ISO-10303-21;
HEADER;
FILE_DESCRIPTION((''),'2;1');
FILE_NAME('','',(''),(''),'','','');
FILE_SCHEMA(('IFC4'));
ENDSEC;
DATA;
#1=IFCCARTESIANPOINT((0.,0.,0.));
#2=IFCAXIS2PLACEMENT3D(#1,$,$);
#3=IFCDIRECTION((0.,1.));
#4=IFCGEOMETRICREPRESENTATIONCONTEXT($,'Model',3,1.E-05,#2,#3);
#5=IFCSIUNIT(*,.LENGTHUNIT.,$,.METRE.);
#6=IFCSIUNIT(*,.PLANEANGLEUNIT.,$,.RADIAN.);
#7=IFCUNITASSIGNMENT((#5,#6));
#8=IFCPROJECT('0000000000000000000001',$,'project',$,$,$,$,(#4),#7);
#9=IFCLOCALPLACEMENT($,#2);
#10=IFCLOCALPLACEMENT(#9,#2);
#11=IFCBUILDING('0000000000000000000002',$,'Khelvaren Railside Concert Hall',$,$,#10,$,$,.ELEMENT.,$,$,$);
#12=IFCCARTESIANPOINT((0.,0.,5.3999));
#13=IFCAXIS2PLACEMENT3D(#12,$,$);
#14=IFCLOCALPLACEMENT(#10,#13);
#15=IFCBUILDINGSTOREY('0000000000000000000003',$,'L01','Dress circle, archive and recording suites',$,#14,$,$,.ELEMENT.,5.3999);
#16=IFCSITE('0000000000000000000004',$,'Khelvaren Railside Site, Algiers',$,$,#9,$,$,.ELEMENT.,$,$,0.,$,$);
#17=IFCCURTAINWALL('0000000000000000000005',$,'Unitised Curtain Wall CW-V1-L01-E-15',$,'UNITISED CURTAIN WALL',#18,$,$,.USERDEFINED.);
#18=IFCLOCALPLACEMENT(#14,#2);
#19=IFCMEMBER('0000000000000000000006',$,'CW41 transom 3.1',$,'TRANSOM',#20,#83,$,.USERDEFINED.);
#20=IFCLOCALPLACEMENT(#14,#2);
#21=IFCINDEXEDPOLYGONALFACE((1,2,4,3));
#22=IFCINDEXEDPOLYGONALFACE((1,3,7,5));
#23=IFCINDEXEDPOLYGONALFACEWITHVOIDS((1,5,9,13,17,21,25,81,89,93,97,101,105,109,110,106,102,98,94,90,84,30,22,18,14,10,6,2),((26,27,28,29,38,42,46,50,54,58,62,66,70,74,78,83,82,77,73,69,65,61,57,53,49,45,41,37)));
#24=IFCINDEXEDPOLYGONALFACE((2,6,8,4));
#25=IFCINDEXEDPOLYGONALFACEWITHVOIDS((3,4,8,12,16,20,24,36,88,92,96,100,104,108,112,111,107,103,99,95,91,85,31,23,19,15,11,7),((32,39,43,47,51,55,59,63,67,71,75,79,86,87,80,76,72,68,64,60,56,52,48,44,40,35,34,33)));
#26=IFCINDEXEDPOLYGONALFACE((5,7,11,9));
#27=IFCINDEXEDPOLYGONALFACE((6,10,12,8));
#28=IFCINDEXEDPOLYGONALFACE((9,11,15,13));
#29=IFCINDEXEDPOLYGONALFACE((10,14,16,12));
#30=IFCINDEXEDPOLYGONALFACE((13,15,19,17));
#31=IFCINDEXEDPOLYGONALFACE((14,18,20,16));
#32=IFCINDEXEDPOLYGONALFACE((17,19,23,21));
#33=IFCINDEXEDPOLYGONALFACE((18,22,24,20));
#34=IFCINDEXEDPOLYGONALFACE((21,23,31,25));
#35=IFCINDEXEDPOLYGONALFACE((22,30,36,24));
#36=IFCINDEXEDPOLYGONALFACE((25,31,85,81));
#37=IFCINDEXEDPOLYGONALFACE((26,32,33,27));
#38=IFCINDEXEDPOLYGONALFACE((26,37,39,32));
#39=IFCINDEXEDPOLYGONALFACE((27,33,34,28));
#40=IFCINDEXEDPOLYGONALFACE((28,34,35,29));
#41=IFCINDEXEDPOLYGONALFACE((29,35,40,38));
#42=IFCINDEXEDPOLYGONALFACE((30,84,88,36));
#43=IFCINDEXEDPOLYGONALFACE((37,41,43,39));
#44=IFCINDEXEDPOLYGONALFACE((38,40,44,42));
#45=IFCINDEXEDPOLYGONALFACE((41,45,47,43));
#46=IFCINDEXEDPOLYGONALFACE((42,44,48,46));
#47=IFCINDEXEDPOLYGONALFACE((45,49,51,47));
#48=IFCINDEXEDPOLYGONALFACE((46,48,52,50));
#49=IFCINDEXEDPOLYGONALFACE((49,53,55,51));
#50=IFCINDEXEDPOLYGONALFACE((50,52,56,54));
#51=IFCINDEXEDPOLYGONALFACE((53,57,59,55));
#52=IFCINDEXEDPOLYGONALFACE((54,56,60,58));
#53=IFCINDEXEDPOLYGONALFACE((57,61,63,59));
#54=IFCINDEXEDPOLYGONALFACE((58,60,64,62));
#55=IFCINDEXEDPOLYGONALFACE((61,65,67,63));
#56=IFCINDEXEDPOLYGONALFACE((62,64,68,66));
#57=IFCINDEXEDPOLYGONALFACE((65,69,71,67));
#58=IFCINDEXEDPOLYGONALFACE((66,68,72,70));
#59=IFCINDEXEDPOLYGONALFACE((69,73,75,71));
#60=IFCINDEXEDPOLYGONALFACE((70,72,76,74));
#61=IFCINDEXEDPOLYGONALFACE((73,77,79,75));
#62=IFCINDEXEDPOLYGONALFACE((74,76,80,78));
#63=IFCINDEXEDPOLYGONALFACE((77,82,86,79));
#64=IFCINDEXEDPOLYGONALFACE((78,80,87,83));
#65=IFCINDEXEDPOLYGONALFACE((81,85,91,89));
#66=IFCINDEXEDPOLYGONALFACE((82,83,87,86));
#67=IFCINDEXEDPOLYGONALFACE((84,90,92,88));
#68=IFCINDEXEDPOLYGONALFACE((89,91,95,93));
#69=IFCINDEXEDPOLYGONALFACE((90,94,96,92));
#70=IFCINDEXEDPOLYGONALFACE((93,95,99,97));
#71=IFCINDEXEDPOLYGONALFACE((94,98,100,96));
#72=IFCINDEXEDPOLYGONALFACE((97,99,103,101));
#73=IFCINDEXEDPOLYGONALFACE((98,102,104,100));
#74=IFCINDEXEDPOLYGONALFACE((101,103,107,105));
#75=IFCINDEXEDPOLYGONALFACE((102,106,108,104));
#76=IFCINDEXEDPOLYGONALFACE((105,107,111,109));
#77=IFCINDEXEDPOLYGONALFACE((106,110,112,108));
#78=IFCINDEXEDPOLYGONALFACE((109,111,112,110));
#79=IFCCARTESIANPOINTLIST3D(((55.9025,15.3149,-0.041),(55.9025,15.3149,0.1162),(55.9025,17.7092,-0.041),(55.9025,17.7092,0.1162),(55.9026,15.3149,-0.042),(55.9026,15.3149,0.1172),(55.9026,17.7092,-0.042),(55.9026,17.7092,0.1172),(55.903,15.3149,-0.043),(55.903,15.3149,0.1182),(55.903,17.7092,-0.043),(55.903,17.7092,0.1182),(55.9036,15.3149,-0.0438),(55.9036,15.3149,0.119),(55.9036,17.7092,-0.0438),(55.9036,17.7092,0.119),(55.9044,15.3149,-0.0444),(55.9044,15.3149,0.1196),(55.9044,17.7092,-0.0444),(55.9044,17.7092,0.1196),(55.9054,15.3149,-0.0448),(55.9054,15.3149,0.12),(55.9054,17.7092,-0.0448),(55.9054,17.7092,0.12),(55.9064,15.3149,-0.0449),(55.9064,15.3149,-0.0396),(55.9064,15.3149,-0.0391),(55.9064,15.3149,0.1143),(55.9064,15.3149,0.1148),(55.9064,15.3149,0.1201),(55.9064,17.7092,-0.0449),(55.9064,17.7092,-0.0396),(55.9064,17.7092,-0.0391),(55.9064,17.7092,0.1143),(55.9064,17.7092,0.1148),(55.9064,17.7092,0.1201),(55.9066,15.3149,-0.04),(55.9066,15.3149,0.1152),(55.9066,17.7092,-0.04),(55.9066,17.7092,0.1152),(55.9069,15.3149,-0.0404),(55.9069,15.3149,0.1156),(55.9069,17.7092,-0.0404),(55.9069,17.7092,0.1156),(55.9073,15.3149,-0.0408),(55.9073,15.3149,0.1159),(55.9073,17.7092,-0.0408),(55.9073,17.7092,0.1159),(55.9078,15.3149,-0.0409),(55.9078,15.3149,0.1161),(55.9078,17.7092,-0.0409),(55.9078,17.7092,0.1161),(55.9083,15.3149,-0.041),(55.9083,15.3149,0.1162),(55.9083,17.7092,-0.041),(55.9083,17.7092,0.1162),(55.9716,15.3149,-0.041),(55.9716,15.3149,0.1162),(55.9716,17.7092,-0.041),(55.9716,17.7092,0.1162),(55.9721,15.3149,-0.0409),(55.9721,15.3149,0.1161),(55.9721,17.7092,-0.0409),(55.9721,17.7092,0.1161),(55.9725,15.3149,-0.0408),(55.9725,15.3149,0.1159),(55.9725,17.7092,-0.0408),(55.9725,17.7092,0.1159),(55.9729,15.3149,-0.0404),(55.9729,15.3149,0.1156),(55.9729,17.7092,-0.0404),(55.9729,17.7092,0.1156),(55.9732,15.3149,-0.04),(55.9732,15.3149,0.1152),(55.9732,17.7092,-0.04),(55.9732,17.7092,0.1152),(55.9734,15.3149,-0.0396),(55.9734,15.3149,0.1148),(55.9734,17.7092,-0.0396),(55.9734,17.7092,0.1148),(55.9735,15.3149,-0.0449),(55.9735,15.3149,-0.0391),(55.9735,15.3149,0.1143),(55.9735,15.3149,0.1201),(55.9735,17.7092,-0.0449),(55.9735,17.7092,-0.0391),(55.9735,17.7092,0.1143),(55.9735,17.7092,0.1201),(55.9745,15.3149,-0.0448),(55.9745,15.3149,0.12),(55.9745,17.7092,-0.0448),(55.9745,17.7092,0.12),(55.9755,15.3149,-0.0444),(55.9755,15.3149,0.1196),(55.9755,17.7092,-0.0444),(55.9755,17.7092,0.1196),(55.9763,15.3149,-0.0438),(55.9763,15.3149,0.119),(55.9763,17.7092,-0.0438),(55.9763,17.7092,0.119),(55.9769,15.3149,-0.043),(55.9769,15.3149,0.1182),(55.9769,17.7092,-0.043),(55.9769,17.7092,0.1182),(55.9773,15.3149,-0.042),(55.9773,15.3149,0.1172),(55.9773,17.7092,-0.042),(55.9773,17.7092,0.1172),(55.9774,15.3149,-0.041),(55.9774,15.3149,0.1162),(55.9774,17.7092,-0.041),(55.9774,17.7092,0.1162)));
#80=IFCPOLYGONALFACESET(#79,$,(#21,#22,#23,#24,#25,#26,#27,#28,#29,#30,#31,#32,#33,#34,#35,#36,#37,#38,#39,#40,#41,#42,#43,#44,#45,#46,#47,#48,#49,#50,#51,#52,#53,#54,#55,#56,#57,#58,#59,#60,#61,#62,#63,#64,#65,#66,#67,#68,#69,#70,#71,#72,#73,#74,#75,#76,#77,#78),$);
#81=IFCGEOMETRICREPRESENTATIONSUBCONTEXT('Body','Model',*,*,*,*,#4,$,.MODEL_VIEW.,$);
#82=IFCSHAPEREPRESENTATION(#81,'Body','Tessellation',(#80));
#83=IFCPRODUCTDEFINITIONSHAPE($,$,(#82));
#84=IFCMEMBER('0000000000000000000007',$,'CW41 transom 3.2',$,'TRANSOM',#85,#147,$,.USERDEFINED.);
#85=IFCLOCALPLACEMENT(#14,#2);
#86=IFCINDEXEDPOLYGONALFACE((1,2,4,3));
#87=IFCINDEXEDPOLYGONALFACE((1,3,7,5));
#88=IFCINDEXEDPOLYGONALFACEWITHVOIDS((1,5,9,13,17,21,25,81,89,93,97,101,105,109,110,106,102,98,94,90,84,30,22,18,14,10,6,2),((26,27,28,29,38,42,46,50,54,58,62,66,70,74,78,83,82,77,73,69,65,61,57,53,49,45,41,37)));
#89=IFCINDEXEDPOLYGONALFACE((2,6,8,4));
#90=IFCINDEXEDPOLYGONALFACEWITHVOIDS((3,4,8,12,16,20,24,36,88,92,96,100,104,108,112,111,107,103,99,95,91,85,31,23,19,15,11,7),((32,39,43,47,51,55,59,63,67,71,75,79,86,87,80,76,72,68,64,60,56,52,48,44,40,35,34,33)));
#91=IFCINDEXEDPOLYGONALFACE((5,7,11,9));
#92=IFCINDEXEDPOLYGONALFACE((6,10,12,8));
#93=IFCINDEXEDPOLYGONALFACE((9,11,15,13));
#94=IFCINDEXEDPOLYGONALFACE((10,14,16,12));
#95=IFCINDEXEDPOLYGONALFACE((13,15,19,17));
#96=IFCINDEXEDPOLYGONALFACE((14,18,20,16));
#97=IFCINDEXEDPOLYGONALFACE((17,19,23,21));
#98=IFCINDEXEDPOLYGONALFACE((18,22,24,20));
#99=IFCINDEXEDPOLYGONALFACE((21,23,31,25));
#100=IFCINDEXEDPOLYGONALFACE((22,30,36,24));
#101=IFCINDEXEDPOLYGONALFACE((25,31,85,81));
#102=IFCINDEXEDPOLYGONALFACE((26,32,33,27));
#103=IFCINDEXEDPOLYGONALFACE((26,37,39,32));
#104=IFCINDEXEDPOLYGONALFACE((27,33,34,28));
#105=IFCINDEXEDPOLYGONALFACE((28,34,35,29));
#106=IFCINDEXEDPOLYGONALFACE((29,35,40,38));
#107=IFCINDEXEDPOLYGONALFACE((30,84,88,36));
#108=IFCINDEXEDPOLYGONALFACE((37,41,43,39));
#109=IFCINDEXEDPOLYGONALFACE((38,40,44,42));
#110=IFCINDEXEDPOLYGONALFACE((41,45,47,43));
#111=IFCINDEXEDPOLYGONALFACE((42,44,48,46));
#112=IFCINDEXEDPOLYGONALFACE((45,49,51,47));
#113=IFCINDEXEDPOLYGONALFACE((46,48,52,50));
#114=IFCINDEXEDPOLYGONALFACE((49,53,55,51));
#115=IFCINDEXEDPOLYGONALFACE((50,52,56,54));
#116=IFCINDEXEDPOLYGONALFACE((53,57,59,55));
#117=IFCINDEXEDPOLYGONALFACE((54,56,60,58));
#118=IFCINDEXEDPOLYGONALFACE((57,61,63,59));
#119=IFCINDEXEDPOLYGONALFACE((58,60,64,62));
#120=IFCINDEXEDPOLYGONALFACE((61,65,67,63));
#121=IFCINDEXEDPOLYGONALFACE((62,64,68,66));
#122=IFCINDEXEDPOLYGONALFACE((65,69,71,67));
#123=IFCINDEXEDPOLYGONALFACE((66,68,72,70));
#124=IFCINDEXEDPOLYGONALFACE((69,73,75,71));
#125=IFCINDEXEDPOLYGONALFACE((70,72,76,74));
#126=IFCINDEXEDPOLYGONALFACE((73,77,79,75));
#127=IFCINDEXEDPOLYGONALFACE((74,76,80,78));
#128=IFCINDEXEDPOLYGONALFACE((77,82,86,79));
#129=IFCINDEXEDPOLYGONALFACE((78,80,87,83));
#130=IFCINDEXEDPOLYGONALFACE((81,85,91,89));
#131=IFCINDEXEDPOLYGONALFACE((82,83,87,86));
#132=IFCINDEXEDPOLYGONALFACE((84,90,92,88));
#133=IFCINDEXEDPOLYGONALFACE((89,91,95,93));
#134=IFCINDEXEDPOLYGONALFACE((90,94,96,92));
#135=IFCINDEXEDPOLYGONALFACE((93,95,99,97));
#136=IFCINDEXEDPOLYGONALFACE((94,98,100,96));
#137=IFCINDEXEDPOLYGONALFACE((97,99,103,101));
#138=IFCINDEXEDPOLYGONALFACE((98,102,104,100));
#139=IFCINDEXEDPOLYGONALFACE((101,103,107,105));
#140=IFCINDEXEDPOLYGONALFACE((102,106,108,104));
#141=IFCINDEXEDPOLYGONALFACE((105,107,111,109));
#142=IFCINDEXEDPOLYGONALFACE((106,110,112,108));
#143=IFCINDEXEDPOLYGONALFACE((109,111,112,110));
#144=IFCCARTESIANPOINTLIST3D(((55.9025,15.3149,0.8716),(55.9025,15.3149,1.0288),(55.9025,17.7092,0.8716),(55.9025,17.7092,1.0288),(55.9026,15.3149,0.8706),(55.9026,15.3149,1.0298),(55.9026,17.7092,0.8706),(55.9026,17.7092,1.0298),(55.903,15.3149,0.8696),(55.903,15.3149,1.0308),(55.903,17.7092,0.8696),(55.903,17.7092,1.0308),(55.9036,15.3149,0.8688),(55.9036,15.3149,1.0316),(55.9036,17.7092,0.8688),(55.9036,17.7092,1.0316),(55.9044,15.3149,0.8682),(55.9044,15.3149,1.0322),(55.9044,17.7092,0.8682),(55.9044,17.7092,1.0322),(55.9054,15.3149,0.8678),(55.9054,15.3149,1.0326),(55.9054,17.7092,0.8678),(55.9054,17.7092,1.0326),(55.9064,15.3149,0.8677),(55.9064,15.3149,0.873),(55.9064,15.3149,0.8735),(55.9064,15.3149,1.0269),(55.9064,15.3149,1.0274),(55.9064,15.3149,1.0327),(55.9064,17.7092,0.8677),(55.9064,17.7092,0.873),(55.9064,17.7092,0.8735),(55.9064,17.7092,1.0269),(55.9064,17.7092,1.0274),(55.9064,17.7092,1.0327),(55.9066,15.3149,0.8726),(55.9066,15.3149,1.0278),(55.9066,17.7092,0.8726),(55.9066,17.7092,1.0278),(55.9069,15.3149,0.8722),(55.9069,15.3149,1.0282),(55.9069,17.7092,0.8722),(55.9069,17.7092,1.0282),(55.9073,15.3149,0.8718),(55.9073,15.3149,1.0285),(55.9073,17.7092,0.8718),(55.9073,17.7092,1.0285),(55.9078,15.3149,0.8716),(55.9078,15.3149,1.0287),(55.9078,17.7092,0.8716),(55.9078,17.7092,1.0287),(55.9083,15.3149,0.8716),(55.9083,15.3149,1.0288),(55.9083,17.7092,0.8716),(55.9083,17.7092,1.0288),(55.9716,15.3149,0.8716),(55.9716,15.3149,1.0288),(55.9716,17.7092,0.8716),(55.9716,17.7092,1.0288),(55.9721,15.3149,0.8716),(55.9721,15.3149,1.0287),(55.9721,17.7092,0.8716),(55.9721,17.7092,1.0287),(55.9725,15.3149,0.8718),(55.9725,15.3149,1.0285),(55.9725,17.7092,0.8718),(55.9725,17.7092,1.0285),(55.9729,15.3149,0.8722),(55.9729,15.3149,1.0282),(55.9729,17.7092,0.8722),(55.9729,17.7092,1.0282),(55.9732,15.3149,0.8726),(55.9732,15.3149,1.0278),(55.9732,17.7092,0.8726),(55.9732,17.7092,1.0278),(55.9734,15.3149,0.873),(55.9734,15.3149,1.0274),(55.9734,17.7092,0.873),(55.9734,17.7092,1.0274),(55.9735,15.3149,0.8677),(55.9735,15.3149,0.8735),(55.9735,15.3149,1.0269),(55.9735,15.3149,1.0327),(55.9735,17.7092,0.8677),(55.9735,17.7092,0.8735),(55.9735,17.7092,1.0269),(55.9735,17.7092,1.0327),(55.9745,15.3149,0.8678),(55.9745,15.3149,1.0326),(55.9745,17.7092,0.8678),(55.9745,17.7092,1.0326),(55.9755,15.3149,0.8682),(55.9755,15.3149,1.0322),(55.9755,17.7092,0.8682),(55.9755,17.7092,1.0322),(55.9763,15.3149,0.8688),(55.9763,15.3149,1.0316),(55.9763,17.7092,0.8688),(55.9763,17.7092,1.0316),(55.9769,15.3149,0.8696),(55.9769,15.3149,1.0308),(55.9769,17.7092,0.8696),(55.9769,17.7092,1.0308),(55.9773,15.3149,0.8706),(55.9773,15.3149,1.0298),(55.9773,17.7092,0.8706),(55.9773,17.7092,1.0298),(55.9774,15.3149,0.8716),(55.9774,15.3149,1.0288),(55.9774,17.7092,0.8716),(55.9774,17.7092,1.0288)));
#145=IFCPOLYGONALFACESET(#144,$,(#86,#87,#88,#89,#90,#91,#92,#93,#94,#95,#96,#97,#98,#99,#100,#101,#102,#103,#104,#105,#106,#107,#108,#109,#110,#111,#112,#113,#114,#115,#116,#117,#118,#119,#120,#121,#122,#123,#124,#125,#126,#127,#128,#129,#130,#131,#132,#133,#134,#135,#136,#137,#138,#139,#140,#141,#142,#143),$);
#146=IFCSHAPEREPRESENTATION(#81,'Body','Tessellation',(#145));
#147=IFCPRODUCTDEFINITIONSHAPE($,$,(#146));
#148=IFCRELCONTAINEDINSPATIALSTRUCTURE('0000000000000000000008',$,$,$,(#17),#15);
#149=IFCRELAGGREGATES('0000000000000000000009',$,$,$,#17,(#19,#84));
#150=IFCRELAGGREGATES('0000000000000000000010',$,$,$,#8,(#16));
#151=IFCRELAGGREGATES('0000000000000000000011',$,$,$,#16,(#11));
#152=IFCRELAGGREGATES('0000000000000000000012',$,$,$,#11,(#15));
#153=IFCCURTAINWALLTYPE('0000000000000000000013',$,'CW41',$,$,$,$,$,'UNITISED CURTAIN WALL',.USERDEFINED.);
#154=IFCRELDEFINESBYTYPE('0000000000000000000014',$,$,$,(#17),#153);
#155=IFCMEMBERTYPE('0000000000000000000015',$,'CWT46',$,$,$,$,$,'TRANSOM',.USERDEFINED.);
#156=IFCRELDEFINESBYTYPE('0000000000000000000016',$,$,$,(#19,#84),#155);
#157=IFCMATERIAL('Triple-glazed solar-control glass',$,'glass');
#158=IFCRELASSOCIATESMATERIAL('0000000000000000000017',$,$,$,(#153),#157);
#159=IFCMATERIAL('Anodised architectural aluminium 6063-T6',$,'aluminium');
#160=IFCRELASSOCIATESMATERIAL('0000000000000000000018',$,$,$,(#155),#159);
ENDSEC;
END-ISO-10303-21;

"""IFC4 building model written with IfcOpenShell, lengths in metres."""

from ifc_helpers import new_model, si_unit, direction, frame, origin, origin_2d, place, context, subcontext, project, spatial, hollow_rectangle, extrude, material, material_profile, profile_set, type_object, element, aggregate, save


model = new_model("IFC4")

# Units and contexts
model_context = context("Model", 3, precision=1e-05, world=origin(), true_north=direction((0.0, 1.0)))
body_context = subcontext(model_context, "Body", "Model", "MODEL_VIEW")
ifc_project = project(units=[si_unit("LENGTHUNIT", "METRE"), si_unit("PLANEANGLEUNIT", "RADIAN")], contexts=[model_context])

# Site, building, storey
site_placement = place(None, origin())
site = spatial("IfcSite", under=ifc_project, at=site_placement, Name="Khelvaren Railside Site, Algiers", CompositionType="ELEMENT", RefElevation=0.0)
building_placement = place(site_placement, origin())
building = spatial("IfcBuilding", under=site, at=building_placement, Name="Khelvaren Railside Concert Hall", CompositionType="ELEMENT")
storey_placement = place(building_placement, frame((0.0, 0.0, 5.3999)))
storey = spatial("IfcBuildingStorey", under=building, at=storey_placement, Name="L01", Description="Dress circle, archive and recording suites", CompositionType="ELEMENT", Elevation=5.3999)

# Curtain wall, members
ifc_material_1 = material(Name="Triple-glazed solar-control glass", Category="glass")
curtain_wall_type = type_object("IfcCurtainWallType", Name="CW41", ElementType="UNITISED CURTAIN WALL", PredefinedType="USERDEFINED", material=ifc_material_1)
curtain_wall_placement = place(storey_placement, origin())
curtain_wall = element("IfcCurtainWall", 1, at=curtain_wall_placement, inside=storey, type_object=curtain_wall_type, Name="Unitised Curtain Wall CW-V1-L01-E-15", ObjectType="UNITISED CURTAIN WALL", PredefinedType="USERDEFINED")
ifc_material_2 = material(Name="Anodised architectural aluminium 6063-T6", Category="aluminium")
ifc_material_profile_1 = material_profile(ifc_material_2, hollow_rectangle(XDim=0.075, YDim=0.165, WallThickness=0.0039, InnerFilletRadius=0.002, OuterFilletRadius=0.0039, at=origin_2d()), Name="CWT 75x165x4")
ifc_profile_set_1 = profile_set([ifc_material_profile_1], Name="Anodised architectural aluminium 6063-T6")
member_type_1 = type_object("IfcMemberType", Name="CWT46", ElementType="TRANSOM", PredefinedType="USERDEFINED", material=ifc_profile_set_1)
member_1_placement = place(storey_placement, frame((55.9399, 17.7092, 0.0376), z_axis=(0.0, -1.0, 0.0), x_axis=(1.0, 0.0, 0.0)))
member_1 = element("IfcMember", 2, at=member_1_placement, type_object=member_type_1, Name="CW41 transom 3.1", ObjectType="TRANSOM", PredefinedType="USERDEFINED", context=body_context, shape_type="SweptSolid", body=[
    extrude(hollow_rectangle(XDim=0.075, YDim=0.165, WallThickness=0.0039, InnerFilletRadius=0.002, OuterFilletRadius=0.0039, at=origin_2d()), origin(), (0.0, 0.0, 1.0), 2.3943),
])
member_2_placement = place(storey_placement, frame((55.9399, 17.7092, 0.9502), z_axis=(0.0, -1.0, 0.0), x_axis=(1.0, 0.0, 0.0)))
member_2 = element("IfcMember", 3, at=member_2_placement, type_object=member_type_1, Name="CW41 transom 3.2", ObjectType="TRANSOM", PredefinedType="USERDEFINED", context=body_context, shape_type="SweptSolid", body=[
    extrude(hollow_rectangle(XDim=0.075, YDim=0.165, WallThickness=0.0039, InnerFilletRadius=0.002, OuterFilletRadius=0.0039, at=origin_2d()), origin(), (0.0, 0.0, 1.0), 2.3943),
])

aggregate(curtain_wall, [member_1, member_2])

save(model, "model.ifc")
